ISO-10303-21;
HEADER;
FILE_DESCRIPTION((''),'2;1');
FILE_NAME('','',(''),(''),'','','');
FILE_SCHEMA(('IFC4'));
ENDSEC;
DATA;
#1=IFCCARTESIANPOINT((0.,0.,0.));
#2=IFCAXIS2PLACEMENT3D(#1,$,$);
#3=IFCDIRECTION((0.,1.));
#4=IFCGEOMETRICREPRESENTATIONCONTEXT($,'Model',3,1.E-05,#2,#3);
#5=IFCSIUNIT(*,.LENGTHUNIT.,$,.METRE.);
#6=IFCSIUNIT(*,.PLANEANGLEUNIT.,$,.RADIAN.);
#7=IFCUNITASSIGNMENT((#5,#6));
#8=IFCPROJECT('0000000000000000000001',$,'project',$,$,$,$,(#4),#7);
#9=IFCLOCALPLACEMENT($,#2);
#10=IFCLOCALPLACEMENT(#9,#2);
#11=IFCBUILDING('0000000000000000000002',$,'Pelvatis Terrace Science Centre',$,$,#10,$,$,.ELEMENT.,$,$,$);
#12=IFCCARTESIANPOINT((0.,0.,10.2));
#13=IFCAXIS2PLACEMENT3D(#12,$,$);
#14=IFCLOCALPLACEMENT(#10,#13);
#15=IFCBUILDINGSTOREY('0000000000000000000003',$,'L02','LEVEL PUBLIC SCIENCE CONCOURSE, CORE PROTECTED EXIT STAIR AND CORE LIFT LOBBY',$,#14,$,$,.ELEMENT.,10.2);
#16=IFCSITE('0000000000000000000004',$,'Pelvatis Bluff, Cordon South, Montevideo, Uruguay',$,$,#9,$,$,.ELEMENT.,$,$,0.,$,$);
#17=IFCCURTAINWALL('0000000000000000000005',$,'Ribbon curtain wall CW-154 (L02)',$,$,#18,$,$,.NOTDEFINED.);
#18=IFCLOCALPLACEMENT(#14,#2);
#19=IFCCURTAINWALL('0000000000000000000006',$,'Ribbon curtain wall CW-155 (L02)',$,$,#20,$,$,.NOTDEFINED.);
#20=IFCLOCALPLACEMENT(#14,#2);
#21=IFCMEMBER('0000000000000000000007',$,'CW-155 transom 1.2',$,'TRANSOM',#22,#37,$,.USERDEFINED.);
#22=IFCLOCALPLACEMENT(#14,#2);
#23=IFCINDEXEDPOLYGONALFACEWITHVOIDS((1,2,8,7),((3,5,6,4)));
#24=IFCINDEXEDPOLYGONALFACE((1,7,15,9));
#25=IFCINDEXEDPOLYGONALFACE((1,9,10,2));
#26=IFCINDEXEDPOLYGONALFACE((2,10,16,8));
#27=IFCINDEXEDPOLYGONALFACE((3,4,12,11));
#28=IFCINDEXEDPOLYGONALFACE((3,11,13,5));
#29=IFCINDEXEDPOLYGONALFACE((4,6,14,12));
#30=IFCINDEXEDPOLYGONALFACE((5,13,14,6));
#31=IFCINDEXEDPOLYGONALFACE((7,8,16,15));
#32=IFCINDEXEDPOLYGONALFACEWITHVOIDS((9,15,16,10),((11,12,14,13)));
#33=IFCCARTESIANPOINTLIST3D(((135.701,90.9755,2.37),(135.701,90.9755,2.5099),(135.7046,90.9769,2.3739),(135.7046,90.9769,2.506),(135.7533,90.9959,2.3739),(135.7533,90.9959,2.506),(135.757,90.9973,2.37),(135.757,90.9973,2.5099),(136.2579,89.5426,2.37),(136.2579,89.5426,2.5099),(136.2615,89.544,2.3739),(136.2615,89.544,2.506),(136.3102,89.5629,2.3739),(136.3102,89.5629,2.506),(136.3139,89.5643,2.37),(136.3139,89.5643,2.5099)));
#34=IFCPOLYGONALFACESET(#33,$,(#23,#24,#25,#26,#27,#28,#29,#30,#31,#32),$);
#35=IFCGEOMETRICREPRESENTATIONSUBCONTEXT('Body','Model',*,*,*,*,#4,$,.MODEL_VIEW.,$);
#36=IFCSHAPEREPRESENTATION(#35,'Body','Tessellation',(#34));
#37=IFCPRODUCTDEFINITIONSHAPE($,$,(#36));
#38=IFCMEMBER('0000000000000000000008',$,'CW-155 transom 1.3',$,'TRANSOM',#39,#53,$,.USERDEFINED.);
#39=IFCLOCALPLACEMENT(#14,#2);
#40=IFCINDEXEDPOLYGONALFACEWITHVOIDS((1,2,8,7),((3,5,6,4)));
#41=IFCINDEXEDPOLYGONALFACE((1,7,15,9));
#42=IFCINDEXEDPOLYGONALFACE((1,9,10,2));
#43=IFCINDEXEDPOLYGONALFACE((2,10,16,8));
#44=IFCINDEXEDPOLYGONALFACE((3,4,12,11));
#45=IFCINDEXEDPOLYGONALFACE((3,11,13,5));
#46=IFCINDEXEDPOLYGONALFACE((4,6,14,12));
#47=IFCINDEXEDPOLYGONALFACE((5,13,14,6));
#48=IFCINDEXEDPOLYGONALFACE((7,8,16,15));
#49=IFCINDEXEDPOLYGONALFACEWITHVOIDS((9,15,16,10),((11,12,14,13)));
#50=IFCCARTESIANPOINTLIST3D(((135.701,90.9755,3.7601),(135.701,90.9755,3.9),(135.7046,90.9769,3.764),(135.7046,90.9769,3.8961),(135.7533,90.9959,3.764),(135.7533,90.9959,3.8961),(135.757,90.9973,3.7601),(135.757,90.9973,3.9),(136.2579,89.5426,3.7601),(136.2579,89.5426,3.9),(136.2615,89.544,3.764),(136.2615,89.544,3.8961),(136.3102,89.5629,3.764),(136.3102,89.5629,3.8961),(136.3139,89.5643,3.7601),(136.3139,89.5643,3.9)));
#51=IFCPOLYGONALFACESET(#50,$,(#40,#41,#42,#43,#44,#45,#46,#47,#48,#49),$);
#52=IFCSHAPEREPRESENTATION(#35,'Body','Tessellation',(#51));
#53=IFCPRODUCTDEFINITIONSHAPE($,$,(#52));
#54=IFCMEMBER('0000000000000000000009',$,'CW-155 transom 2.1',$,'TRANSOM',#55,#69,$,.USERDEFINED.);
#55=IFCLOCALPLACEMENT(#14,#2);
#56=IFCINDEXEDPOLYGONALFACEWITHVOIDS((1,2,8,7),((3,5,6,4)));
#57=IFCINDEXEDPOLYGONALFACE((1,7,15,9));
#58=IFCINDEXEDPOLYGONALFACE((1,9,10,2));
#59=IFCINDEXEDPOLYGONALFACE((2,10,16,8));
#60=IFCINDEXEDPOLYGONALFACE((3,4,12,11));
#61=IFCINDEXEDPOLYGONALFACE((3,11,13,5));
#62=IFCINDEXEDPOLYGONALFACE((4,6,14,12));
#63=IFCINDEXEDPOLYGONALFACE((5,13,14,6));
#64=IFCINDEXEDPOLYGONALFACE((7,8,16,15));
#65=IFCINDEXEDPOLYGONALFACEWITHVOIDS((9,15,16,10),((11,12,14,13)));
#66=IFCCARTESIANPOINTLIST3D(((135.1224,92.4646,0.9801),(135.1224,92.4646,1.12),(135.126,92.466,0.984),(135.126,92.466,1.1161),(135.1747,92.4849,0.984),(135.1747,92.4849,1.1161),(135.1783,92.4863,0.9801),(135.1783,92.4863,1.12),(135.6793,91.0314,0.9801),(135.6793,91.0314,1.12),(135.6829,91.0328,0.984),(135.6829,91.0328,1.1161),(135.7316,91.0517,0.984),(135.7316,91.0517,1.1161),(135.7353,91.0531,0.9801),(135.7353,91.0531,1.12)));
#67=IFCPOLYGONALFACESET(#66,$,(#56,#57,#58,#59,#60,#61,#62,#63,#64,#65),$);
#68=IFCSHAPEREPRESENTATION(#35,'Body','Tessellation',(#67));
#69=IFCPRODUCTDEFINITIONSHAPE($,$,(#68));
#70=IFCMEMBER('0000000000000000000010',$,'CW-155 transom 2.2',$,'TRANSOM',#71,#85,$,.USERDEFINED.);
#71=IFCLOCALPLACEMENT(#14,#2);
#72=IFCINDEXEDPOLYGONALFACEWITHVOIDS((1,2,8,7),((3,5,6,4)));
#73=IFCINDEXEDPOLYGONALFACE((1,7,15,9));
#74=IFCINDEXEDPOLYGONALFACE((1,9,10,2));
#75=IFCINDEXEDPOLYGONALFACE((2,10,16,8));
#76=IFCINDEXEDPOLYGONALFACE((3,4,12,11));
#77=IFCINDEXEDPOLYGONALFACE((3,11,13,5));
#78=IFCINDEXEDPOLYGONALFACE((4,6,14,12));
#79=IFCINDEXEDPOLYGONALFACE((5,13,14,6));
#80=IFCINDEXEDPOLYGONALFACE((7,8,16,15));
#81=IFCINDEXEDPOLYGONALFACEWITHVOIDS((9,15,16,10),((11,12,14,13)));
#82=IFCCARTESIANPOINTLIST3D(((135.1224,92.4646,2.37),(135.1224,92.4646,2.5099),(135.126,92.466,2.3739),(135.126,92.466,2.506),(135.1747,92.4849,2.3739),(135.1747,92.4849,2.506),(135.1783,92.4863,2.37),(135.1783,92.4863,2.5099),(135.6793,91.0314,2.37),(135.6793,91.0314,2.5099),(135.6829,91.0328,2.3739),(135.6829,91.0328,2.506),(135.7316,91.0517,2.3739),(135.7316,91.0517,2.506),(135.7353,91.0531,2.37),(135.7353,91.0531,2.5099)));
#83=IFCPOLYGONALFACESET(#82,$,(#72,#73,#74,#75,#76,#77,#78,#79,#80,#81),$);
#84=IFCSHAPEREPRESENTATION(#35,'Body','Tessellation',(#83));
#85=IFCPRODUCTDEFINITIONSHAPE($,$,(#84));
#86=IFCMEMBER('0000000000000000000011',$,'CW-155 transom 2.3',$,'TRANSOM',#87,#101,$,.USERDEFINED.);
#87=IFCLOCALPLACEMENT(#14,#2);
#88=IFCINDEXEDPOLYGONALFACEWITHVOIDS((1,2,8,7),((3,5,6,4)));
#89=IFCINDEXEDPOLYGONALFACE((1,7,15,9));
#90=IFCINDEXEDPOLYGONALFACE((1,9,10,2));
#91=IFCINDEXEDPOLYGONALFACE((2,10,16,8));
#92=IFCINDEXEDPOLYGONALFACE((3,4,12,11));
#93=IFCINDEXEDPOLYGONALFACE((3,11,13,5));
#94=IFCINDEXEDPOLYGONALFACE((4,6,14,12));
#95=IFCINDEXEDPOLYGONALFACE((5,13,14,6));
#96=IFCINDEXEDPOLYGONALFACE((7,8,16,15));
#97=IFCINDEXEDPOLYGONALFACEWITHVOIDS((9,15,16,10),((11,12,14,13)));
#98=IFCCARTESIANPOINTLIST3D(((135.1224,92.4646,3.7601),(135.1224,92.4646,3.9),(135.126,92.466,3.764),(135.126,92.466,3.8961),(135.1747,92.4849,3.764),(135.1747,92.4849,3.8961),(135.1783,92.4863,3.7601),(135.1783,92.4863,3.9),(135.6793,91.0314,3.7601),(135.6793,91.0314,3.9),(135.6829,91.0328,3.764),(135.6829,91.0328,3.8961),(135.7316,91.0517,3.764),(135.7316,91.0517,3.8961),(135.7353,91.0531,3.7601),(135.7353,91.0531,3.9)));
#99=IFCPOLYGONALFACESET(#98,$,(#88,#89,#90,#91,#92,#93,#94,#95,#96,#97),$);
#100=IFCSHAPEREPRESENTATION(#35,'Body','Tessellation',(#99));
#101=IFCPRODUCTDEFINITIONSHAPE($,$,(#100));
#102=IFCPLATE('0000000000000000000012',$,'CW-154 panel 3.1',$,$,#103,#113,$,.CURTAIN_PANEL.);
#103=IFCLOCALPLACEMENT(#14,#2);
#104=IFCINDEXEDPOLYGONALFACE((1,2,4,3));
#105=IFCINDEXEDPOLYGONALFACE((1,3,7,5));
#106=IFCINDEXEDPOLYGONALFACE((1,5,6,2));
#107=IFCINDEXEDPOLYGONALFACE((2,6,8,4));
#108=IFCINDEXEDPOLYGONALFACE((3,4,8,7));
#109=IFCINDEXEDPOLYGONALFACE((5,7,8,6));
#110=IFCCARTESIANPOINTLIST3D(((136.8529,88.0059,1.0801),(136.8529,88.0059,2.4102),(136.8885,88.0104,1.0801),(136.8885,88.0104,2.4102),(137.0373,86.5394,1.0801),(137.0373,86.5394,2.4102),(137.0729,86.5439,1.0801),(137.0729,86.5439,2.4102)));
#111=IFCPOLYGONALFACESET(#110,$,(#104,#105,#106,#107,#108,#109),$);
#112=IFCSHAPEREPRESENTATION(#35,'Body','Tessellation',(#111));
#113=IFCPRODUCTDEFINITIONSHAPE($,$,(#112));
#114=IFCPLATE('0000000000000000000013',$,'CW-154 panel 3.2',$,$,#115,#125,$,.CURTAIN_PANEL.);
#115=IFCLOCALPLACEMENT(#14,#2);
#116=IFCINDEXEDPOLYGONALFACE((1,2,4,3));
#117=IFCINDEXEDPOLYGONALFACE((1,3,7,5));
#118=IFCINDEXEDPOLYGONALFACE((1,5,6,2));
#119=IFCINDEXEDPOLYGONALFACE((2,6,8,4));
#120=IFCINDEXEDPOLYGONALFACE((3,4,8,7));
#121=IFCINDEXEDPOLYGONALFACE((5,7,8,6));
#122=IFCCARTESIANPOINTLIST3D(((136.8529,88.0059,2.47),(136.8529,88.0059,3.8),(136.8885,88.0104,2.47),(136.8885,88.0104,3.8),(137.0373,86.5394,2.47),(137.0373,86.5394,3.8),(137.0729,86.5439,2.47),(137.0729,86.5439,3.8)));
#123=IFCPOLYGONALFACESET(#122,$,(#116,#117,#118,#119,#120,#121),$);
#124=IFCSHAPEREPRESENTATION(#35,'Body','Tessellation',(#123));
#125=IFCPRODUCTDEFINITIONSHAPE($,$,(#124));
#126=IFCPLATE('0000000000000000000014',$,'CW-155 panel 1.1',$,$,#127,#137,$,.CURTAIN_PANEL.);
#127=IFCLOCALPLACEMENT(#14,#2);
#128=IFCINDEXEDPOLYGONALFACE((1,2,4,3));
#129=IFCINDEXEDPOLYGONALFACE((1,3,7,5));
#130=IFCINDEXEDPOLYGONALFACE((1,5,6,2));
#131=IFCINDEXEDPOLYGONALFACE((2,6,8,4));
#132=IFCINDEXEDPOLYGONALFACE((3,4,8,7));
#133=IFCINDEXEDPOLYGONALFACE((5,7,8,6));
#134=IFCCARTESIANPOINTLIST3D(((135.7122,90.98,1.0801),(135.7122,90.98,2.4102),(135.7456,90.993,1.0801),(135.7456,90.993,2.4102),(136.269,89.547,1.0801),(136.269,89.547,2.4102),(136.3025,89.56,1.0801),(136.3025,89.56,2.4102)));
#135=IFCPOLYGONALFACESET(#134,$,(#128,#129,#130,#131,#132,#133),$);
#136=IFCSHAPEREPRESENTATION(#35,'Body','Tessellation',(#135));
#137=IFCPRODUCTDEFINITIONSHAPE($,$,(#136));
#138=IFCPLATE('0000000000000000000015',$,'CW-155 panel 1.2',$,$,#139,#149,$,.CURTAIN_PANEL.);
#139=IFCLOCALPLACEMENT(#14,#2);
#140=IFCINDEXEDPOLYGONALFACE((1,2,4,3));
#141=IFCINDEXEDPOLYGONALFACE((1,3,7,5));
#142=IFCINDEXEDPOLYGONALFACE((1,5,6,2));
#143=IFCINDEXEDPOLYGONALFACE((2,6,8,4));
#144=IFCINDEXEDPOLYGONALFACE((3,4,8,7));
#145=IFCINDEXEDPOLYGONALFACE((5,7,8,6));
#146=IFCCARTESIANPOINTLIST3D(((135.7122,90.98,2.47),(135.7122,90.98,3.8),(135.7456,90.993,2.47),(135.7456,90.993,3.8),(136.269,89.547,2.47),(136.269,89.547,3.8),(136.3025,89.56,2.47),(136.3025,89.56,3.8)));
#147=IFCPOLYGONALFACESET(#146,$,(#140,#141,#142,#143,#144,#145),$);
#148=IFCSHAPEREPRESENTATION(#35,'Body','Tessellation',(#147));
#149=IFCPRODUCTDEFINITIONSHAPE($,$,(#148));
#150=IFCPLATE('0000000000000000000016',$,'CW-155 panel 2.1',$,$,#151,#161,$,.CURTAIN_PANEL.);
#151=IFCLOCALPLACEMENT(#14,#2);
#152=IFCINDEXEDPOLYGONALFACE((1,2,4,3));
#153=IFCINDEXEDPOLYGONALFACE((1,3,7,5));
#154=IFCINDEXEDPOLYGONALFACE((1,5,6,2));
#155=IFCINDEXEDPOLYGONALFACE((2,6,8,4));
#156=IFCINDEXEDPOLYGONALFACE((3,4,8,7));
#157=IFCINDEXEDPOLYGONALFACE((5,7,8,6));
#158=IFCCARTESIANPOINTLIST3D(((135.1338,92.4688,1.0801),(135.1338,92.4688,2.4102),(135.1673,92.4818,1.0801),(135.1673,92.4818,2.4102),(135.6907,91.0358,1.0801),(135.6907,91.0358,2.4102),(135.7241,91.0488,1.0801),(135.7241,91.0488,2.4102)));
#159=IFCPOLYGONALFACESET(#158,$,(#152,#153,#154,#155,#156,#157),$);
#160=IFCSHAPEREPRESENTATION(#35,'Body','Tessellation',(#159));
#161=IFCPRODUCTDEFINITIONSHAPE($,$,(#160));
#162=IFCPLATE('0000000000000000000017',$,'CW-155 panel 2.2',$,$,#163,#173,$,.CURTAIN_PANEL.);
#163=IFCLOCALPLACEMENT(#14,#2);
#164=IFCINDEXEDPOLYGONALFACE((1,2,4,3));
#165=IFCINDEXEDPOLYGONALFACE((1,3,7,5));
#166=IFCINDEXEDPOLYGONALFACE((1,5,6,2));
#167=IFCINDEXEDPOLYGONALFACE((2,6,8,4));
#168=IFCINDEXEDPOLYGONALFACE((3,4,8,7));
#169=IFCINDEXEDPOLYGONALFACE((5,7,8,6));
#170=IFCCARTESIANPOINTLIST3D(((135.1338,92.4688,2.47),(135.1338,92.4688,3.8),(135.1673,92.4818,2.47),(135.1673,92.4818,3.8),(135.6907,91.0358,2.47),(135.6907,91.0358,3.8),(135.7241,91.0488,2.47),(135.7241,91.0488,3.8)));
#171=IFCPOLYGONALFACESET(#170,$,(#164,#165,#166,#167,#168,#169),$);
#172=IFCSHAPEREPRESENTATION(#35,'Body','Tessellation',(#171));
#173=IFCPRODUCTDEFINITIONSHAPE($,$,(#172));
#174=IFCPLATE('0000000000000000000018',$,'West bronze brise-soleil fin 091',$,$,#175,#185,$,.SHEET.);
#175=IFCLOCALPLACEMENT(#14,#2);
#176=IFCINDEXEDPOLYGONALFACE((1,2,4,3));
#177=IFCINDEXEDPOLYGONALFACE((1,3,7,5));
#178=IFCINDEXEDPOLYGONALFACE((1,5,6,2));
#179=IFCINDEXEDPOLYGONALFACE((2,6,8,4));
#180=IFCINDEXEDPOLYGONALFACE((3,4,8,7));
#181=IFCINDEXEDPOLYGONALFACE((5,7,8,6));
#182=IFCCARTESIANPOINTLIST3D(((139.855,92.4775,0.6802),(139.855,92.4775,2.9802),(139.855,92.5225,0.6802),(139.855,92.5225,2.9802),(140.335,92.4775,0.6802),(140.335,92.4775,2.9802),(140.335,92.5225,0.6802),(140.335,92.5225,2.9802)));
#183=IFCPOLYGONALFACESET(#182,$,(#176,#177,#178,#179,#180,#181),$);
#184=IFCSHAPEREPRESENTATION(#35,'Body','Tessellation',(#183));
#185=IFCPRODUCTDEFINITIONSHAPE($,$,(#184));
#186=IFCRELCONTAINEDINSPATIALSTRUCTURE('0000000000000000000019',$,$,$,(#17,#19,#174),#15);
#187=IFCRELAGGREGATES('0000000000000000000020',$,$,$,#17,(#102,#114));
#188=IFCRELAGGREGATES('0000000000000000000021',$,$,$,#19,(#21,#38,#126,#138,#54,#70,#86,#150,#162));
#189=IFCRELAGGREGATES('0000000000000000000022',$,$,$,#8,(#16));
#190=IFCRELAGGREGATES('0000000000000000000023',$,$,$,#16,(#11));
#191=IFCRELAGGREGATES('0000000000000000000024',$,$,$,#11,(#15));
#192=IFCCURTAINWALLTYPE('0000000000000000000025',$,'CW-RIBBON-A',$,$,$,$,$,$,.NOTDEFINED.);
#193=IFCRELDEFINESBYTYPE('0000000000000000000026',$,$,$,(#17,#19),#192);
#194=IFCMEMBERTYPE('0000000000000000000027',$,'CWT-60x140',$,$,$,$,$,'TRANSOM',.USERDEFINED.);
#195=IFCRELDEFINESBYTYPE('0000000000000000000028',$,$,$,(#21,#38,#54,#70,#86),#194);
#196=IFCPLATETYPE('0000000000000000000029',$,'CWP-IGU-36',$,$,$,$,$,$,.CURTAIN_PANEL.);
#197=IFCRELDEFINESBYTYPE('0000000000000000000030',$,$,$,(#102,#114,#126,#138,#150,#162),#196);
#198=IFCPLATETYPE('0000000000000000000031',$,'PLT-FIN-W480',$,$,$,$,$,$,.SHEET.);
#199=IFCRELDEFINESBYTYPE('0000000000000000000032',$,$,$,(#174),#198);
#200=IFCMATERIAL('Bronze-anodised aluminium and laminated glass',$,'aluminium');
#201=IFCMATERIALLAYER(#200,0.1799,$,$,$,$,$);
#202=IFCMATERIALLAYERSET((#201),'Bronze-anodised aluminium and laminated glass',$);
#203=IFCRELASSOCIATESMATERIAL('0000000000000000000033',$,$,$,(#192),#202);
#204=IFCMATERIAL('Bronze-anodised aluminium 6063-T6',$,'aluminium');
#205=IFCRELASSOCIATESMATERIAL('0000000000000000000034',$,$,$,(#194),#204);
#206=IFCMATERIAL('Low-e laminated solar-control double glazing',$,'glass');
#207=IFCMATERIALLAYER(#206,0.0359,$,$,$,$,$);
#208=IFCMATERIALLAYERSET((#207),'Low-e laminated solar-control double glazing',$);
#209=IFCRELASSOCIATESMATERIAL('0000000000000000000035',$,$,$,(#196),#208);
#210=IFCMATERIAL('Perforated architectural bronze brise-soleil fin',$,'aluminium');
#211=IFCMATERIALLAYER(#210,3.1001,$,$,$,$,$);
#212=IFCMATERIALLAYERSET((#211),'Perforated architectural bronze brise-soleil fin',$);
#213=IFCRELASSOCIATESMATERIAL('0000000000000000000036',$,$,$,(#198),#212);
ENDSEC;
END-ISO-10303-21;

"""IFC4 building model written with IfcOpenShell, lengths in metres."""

from ifc_helpers import new_model, si_unit, direction, frame, origin, origin_2d, place, context, subcontext, project, spatial, rectangle, hollow_rectangle, extrude, material, layer, layer_set, material_profile, profile_set, type_object, element, aggregate, save


model = new_model("IFC4")

# Units and contexts
model_context = context("Model", 3, precision=1e-05, world=origin(), true_north=direction((0.0, 1.0)))
body_context = subcontext(model_context, "Body", "Model", "MODEL_VIEW")
ifc_project = project(units=[si_unit("LENGTHUNIT", "METRE"), si_unit("PLANEANGLEUNIT", "RADIAN")], contexts=[model_context])

# Site, building, storey
site_placement = place(None, origin())
site = spatial("IfcSite", under=ifc_project, at=site_placement, Name="Pelvatis Bluff, Cordon South, Montevideo, Uruguay", CompositionType="ELEMENT", RefElevation=0.0)
building_placement = place(site_placement, origin())
building = spatial("IfcBuilding", under=site, at=building_placement, Name="Pelvatis Terrace Science Centre", CompositionType="ELEMENT")
storey_placement = place(building_placement, frame((0.0, 0.0, 10.2)))
storey = spatial("IfcBuildingStorey", under=building, at=storey_placement, Name="L02", Description="LEVEL PUBLIC SCIENCE CONCOURSE, CORE PROTECTED EXIT STAIR AND CORE LIFT LOBBY", CompositionType="ELEMENT", Elevation=10.2)

# Curtain wall
ifc_material_1 = material(Name="Bronze-anodised aluminium and laminated glass", Category="aluminium")
ifc_layer_1 = layer(ifc_material_1, 0.1799)
ifc_layer_set_1 = layer_set([ifc_layer_1], Name="Bronze-anodised aluminium and laminated glass")
curtain_wall_type = type_object("IfcCurtainWallType", Name="CW-RIBBON-A", PredefinedType="NOTDEFINED", material=ifc_layer_set_1)
curtain_wall_1_placement = place(storey_placement, origin())
curtain_wall_1 = element("IfcCurtainWall", 1, at=curtain_wall_1_placement, inside=storey, type_object=curtain_wall_type, Name="Ribbon curtain wall CW-154 (L02)", PredefinedType="NOTDEFINED")

# Curtain wall
curtain_wall_2_placement = place(storey_placement, origin())
curtain_wall_2 = element("IfcCurtainWall", 2, at=curtain_wall_2_placement, inside=storey, type_object=curtain_wall_type, Name="Ribbon curtain wall CW-155 (L02)", PredefinedType="NOTDEFINED")

# Members
ifc_material_2 = material(Name="Bronze-anodised aluminium 6063-T6", Category="aluminium")
ifc_material_profile_1 = material_profile(ifc_material_2, hollow_rectangle(XDim=0.0601, YDim=0.1399, WallThickness=0.0039, at=origin_2d()), Name="ALU-TRN 60x140")
ifc_profile_set_1 = profile_set([ifc_material_profile_1], Name="Bronze-anodised aluminium 6063-T6")
member_type_1 = type_object("IfcMemberType", Name="CWT-60x140", ElementType="TRANSOM", PredefinedType="USERDEFINED", material=ifc_profile_set_1)
member_1_placement = place(storey_placement, frame((136.2859, 89.5535, 2.4399), z_axis=(-0.362255, 0.932079, 0.0), x_axis=(-0.932079, -0.362255, 0.0)))
member_1 = element("IfcMember", 3, at=member_1_placement, type_object=member_type_1, Name="CW-155 transom 1.2", ObjectType="TRANSOM", PredefinedType="USERDEFINED", context=body_context, shape_type="SweptSolid", body=[
    extrude(hollow_rectangle(XDim=0.0601, YDim=0.1399, WallThickness=0.0039, at=origin_2d()), origin(), (0.0, 0.0, 1.0), 1.5374),
])
member_2_placement = place(storey_placement, frame((136.2859, 89.5535, 3.8301), z_axis=(-0.362255, 0.932079, 0.0), x_axis=(-0.932079, -0.362255, 0.0)))
member_2 = element("IfcMember", 4, at=member_2_placement, type_object=member_type_1, Name="CW-155 transom 1.3", ObjectType="TRANSOM", PredefinedType="USERDEFINED", context=body_context, shape_type="SweptSolid", body=[
    extrude(hollow_rectangle(XDim=0.0601, YDim=0.1399, WallThickness=0.0039, at=origin_2d()), origin(), (0.0, 0.0, 1.0), 1.5374),
])
member_3_placement = place(storey_placement, frame((135.7073, 91.0422, 1.05), z_axis=(-0.362201, 0.9321, 0.0), x_axis=(-0.9321, -0.362201, 0.0)))
member_3 = element("IfcMember", 5, at=member_3_placement, type_object=member_type_1, Name="CW-155 transom 2.1", ObjectType="TRANSOM", PredefinedType="USERDEFINED", context=body_context, shape_type="SweptSolid", body=[
    extrude(hollow_rectangle(XDim=0.0601, YDim=0.1399, WallThickness=0.0039, at=origin_2d()), origin(), (0.0, 0.0, 1.0), 1.5376),
])
member_4_placement = place(storey_placement, frame((135.7073, 91.0422, 2.4399), z_axis=(-0.362201, 0.9321, 0.0), x_axis=(-0.9321, -0.362201, 0.0)))
member_4 = element("IfcMember", 6, at=member_4_placement, type_object=member_type_1, Name="CW-155 transom 2.2", ObjectType="TRANSOM", PredefinedType="USERDEFINED", context=body_context, shape_type="SweptSolid", body=[
    extrude(hollow_rectangle(XDim=0.0601, YDim=0.1399, WallThickness=0.0039, at=origin_2d()), origin(), (0.0, 0.0, 1.0), 1.5376),
])
member_5_placement = place(storey_placement, frame((135.7073, 91.0422, 3.8301), z_axis=(-0.362201, 0.9321, 0.0), x_axis=(-0.9321, -0.362201, 0.0)))
member_5 = element("IfcMember", 7, at=member_5_placement, type_object=member_type_1, Name="CW-155 transom 2.3", ObjectType="TRANSOM", PredefinedType="USERDEFINED", context=body_context, shape_type="SweptSolid", body=[
    extrude(hollow_rectangle(XDim=0.0601, YDim=0.1399, WallThickness=0.0039, at=origin_2d()), origin(), (0.0, 0.0, 1.0), 1.5376),
])

# Plates
ifc_material_3 = material(Name="Low-e laminated solar-control double glazing", Category="glass")
ifc_layer_2 = layer(ifc_material_3, 0.0359)
ifc_layer_set_2 = layer_set([ifc_layer_2], Name="Low-e laminated solar-control double glazing")
plate_type_1 = type_object("IfcPlateType", Name="CWP-IGU-36", PredefinedType="CURTAIN_PANEL", material=ifc_layer_set_2)
plate_1_placement = place(storey_placement, frame((136.9629, 87.2749, 1.0801), z_axis=(0.0, 0.0, 1.0), x_axis=(-0.124715, 0.992193, 0.0)))
plate_1 = element("IfcPlate", 8, at=plate_1_placement, type_object=plate_type_1, Name="CW-154 panel 3.1", PredefinedType="CURTAIN_PANEL", context=body_context, shape_type="SweptSolid", body=[
    extrude(rectangle(XDim=1.478, YDim=0.0359, at=origin_2d()), origin(), (0.0, 0.0, 1.0), 1.3301),
])
plate_2_placement = place(storey_placement, frame((136.9629, 87.2749, 2.47), z_axis=(0.0, 0.0, 1.0), x_axis=(-0.124715, 0.992193, 0.0)))
plate_2 = element("IfcPlate", 9, at=plate_2_placement, type_object=plate_type_1, Name="CW-154 panel 3.2", PredefinedType="CURTAIN_PANEL", context=body_context, shape_type="SweptSolid", body=[
    extrude(rectangle(XDim=1.478, YDim=0.0359, at=origin_2d()), origin(), (0.0, 0.0, 1.0), 1.3301),
])
aggregate(curtain_wall_1, [plate_1, plate_2])
plate_3_placement = place(storey_placement, frame((136.0073, 90.27, 1.0801), z_axis=(0.0, 0.0, 1.0), x_axis=(-0.362213, 0.932095, 0.0)))
plate_3 = element("IfcPlate", 10, at=plate_3_placement, type_object=plate_type_1, Name="CW-155 panel 1.1", PredefinedType="CURTAIN_PANEL", context=body_context, shape_type="SweptSolid", body=[
    extrude(rectangle(XDim=1.5374, YDim=0.0359, at=origin_2d()), origin(), (0.0, 0.0, 1.0), 1.3301),
])
plate_4_placement = place(storey_placement, frame((136.0073, 90.27, 2.47), z_axis=(0.0, 0.0, 1.0), x_axis=(-0.362213, 0.932095, 0.0)))
plate_4 = element("IfcPlate", 11, at=plate_4_placement, type_object=plate_type_1, Name="CW-155 panel 1.2", PredefinedType="CURTAIN_PANEL", context=body_context, shape_type="SweptSolid", body=[
    extrude(rectangle(XDim=1.5374, YDim=0.0359, at=origin_2d()), origin(), (0.0, 0.0, 1.0), 1.3301),
])
plate_5_placement = place(storey_placement, frame((135.429, 91.7588, 1.0801), z_axis=(0.0, 0.0, 1.0), x_axis=(-0.362213, 0.932095, 0.0)))
plate_5 = element("IfcPlate", 12, at=plate_5_placement, type_object=plate_type_1, Name="CW-155 panel 2.1", PredefinedType="CURTAIN_PANEL", context=body_context, shape_type="SweptSolid", body=[
    extrude(rectangle(XDim=1.5374, YDim=0.0359, at=origin_2d()), origin(), (0.0, 0.0, 1.0), 1.3301),
])
plate_6_placement = place(storey_placement, frame((135.429, 91.7588, 2.47), z_axis=(0.0, 0.0, 1.0), x_axis=(-0.362213, 0.932095, 0.0)))
plate_6 = element("IfcPlate", 13, at=plate_6_placement, type_object=plate_type_1, Name="CW-155 panel 2.2", PredefinedType="CURTAIN_PANEL", context=body_context, shape_type="SweptSolid", body=[
    extrude(rectangle(XDim=1.5374, YDim=0.0359, at=origin_2d()), origin(), (0.0, 0.0, 1.0), 1.3301),
])
aggregate(curtain_wall_2, [member_1, member_2, plate_3, plate_4, member_3, member_4, member_5, plate_5, plate_6])

# Plate
ifc_material_4 = material(Name="Perforated architectural bronze brise-soleil fin", Category="aluminium")
ifc_layer_3 = layer(ifc_material_4, 3.1001)
ifc_layer_set_3 = layer_set([ifc_layer_3], Name="Perforated architectural bronze brise-soleil fin")
plate_type_2 = type_object("IfcPlateType", Name="PLT-FIN-W480", PredefinedType="SHEET", material=ifc_layer_set_3)
plate_7_placement = place(storey_placement, frame((140.095, 92.5, 0.6802), z_axis=(0.0, 0.0, 1.0), x_axis=(1.0, 0.0, 0.0)))
element("IfcPlate", 14, at=plate_7_placement, inside=storey, type_object=plate_type_2, Name="West bronze brise-soleil fin 091", PredefinedType="SHEET", context=body_context, shape_type="SweptSolid", body=[
    extrude(rectangle(XDim=0.48, YDim=0.0449, at=origin_2d()), origin(), (0.0, 0.0, 1.0), 2.3),
])

save(model, "model.ifc")
